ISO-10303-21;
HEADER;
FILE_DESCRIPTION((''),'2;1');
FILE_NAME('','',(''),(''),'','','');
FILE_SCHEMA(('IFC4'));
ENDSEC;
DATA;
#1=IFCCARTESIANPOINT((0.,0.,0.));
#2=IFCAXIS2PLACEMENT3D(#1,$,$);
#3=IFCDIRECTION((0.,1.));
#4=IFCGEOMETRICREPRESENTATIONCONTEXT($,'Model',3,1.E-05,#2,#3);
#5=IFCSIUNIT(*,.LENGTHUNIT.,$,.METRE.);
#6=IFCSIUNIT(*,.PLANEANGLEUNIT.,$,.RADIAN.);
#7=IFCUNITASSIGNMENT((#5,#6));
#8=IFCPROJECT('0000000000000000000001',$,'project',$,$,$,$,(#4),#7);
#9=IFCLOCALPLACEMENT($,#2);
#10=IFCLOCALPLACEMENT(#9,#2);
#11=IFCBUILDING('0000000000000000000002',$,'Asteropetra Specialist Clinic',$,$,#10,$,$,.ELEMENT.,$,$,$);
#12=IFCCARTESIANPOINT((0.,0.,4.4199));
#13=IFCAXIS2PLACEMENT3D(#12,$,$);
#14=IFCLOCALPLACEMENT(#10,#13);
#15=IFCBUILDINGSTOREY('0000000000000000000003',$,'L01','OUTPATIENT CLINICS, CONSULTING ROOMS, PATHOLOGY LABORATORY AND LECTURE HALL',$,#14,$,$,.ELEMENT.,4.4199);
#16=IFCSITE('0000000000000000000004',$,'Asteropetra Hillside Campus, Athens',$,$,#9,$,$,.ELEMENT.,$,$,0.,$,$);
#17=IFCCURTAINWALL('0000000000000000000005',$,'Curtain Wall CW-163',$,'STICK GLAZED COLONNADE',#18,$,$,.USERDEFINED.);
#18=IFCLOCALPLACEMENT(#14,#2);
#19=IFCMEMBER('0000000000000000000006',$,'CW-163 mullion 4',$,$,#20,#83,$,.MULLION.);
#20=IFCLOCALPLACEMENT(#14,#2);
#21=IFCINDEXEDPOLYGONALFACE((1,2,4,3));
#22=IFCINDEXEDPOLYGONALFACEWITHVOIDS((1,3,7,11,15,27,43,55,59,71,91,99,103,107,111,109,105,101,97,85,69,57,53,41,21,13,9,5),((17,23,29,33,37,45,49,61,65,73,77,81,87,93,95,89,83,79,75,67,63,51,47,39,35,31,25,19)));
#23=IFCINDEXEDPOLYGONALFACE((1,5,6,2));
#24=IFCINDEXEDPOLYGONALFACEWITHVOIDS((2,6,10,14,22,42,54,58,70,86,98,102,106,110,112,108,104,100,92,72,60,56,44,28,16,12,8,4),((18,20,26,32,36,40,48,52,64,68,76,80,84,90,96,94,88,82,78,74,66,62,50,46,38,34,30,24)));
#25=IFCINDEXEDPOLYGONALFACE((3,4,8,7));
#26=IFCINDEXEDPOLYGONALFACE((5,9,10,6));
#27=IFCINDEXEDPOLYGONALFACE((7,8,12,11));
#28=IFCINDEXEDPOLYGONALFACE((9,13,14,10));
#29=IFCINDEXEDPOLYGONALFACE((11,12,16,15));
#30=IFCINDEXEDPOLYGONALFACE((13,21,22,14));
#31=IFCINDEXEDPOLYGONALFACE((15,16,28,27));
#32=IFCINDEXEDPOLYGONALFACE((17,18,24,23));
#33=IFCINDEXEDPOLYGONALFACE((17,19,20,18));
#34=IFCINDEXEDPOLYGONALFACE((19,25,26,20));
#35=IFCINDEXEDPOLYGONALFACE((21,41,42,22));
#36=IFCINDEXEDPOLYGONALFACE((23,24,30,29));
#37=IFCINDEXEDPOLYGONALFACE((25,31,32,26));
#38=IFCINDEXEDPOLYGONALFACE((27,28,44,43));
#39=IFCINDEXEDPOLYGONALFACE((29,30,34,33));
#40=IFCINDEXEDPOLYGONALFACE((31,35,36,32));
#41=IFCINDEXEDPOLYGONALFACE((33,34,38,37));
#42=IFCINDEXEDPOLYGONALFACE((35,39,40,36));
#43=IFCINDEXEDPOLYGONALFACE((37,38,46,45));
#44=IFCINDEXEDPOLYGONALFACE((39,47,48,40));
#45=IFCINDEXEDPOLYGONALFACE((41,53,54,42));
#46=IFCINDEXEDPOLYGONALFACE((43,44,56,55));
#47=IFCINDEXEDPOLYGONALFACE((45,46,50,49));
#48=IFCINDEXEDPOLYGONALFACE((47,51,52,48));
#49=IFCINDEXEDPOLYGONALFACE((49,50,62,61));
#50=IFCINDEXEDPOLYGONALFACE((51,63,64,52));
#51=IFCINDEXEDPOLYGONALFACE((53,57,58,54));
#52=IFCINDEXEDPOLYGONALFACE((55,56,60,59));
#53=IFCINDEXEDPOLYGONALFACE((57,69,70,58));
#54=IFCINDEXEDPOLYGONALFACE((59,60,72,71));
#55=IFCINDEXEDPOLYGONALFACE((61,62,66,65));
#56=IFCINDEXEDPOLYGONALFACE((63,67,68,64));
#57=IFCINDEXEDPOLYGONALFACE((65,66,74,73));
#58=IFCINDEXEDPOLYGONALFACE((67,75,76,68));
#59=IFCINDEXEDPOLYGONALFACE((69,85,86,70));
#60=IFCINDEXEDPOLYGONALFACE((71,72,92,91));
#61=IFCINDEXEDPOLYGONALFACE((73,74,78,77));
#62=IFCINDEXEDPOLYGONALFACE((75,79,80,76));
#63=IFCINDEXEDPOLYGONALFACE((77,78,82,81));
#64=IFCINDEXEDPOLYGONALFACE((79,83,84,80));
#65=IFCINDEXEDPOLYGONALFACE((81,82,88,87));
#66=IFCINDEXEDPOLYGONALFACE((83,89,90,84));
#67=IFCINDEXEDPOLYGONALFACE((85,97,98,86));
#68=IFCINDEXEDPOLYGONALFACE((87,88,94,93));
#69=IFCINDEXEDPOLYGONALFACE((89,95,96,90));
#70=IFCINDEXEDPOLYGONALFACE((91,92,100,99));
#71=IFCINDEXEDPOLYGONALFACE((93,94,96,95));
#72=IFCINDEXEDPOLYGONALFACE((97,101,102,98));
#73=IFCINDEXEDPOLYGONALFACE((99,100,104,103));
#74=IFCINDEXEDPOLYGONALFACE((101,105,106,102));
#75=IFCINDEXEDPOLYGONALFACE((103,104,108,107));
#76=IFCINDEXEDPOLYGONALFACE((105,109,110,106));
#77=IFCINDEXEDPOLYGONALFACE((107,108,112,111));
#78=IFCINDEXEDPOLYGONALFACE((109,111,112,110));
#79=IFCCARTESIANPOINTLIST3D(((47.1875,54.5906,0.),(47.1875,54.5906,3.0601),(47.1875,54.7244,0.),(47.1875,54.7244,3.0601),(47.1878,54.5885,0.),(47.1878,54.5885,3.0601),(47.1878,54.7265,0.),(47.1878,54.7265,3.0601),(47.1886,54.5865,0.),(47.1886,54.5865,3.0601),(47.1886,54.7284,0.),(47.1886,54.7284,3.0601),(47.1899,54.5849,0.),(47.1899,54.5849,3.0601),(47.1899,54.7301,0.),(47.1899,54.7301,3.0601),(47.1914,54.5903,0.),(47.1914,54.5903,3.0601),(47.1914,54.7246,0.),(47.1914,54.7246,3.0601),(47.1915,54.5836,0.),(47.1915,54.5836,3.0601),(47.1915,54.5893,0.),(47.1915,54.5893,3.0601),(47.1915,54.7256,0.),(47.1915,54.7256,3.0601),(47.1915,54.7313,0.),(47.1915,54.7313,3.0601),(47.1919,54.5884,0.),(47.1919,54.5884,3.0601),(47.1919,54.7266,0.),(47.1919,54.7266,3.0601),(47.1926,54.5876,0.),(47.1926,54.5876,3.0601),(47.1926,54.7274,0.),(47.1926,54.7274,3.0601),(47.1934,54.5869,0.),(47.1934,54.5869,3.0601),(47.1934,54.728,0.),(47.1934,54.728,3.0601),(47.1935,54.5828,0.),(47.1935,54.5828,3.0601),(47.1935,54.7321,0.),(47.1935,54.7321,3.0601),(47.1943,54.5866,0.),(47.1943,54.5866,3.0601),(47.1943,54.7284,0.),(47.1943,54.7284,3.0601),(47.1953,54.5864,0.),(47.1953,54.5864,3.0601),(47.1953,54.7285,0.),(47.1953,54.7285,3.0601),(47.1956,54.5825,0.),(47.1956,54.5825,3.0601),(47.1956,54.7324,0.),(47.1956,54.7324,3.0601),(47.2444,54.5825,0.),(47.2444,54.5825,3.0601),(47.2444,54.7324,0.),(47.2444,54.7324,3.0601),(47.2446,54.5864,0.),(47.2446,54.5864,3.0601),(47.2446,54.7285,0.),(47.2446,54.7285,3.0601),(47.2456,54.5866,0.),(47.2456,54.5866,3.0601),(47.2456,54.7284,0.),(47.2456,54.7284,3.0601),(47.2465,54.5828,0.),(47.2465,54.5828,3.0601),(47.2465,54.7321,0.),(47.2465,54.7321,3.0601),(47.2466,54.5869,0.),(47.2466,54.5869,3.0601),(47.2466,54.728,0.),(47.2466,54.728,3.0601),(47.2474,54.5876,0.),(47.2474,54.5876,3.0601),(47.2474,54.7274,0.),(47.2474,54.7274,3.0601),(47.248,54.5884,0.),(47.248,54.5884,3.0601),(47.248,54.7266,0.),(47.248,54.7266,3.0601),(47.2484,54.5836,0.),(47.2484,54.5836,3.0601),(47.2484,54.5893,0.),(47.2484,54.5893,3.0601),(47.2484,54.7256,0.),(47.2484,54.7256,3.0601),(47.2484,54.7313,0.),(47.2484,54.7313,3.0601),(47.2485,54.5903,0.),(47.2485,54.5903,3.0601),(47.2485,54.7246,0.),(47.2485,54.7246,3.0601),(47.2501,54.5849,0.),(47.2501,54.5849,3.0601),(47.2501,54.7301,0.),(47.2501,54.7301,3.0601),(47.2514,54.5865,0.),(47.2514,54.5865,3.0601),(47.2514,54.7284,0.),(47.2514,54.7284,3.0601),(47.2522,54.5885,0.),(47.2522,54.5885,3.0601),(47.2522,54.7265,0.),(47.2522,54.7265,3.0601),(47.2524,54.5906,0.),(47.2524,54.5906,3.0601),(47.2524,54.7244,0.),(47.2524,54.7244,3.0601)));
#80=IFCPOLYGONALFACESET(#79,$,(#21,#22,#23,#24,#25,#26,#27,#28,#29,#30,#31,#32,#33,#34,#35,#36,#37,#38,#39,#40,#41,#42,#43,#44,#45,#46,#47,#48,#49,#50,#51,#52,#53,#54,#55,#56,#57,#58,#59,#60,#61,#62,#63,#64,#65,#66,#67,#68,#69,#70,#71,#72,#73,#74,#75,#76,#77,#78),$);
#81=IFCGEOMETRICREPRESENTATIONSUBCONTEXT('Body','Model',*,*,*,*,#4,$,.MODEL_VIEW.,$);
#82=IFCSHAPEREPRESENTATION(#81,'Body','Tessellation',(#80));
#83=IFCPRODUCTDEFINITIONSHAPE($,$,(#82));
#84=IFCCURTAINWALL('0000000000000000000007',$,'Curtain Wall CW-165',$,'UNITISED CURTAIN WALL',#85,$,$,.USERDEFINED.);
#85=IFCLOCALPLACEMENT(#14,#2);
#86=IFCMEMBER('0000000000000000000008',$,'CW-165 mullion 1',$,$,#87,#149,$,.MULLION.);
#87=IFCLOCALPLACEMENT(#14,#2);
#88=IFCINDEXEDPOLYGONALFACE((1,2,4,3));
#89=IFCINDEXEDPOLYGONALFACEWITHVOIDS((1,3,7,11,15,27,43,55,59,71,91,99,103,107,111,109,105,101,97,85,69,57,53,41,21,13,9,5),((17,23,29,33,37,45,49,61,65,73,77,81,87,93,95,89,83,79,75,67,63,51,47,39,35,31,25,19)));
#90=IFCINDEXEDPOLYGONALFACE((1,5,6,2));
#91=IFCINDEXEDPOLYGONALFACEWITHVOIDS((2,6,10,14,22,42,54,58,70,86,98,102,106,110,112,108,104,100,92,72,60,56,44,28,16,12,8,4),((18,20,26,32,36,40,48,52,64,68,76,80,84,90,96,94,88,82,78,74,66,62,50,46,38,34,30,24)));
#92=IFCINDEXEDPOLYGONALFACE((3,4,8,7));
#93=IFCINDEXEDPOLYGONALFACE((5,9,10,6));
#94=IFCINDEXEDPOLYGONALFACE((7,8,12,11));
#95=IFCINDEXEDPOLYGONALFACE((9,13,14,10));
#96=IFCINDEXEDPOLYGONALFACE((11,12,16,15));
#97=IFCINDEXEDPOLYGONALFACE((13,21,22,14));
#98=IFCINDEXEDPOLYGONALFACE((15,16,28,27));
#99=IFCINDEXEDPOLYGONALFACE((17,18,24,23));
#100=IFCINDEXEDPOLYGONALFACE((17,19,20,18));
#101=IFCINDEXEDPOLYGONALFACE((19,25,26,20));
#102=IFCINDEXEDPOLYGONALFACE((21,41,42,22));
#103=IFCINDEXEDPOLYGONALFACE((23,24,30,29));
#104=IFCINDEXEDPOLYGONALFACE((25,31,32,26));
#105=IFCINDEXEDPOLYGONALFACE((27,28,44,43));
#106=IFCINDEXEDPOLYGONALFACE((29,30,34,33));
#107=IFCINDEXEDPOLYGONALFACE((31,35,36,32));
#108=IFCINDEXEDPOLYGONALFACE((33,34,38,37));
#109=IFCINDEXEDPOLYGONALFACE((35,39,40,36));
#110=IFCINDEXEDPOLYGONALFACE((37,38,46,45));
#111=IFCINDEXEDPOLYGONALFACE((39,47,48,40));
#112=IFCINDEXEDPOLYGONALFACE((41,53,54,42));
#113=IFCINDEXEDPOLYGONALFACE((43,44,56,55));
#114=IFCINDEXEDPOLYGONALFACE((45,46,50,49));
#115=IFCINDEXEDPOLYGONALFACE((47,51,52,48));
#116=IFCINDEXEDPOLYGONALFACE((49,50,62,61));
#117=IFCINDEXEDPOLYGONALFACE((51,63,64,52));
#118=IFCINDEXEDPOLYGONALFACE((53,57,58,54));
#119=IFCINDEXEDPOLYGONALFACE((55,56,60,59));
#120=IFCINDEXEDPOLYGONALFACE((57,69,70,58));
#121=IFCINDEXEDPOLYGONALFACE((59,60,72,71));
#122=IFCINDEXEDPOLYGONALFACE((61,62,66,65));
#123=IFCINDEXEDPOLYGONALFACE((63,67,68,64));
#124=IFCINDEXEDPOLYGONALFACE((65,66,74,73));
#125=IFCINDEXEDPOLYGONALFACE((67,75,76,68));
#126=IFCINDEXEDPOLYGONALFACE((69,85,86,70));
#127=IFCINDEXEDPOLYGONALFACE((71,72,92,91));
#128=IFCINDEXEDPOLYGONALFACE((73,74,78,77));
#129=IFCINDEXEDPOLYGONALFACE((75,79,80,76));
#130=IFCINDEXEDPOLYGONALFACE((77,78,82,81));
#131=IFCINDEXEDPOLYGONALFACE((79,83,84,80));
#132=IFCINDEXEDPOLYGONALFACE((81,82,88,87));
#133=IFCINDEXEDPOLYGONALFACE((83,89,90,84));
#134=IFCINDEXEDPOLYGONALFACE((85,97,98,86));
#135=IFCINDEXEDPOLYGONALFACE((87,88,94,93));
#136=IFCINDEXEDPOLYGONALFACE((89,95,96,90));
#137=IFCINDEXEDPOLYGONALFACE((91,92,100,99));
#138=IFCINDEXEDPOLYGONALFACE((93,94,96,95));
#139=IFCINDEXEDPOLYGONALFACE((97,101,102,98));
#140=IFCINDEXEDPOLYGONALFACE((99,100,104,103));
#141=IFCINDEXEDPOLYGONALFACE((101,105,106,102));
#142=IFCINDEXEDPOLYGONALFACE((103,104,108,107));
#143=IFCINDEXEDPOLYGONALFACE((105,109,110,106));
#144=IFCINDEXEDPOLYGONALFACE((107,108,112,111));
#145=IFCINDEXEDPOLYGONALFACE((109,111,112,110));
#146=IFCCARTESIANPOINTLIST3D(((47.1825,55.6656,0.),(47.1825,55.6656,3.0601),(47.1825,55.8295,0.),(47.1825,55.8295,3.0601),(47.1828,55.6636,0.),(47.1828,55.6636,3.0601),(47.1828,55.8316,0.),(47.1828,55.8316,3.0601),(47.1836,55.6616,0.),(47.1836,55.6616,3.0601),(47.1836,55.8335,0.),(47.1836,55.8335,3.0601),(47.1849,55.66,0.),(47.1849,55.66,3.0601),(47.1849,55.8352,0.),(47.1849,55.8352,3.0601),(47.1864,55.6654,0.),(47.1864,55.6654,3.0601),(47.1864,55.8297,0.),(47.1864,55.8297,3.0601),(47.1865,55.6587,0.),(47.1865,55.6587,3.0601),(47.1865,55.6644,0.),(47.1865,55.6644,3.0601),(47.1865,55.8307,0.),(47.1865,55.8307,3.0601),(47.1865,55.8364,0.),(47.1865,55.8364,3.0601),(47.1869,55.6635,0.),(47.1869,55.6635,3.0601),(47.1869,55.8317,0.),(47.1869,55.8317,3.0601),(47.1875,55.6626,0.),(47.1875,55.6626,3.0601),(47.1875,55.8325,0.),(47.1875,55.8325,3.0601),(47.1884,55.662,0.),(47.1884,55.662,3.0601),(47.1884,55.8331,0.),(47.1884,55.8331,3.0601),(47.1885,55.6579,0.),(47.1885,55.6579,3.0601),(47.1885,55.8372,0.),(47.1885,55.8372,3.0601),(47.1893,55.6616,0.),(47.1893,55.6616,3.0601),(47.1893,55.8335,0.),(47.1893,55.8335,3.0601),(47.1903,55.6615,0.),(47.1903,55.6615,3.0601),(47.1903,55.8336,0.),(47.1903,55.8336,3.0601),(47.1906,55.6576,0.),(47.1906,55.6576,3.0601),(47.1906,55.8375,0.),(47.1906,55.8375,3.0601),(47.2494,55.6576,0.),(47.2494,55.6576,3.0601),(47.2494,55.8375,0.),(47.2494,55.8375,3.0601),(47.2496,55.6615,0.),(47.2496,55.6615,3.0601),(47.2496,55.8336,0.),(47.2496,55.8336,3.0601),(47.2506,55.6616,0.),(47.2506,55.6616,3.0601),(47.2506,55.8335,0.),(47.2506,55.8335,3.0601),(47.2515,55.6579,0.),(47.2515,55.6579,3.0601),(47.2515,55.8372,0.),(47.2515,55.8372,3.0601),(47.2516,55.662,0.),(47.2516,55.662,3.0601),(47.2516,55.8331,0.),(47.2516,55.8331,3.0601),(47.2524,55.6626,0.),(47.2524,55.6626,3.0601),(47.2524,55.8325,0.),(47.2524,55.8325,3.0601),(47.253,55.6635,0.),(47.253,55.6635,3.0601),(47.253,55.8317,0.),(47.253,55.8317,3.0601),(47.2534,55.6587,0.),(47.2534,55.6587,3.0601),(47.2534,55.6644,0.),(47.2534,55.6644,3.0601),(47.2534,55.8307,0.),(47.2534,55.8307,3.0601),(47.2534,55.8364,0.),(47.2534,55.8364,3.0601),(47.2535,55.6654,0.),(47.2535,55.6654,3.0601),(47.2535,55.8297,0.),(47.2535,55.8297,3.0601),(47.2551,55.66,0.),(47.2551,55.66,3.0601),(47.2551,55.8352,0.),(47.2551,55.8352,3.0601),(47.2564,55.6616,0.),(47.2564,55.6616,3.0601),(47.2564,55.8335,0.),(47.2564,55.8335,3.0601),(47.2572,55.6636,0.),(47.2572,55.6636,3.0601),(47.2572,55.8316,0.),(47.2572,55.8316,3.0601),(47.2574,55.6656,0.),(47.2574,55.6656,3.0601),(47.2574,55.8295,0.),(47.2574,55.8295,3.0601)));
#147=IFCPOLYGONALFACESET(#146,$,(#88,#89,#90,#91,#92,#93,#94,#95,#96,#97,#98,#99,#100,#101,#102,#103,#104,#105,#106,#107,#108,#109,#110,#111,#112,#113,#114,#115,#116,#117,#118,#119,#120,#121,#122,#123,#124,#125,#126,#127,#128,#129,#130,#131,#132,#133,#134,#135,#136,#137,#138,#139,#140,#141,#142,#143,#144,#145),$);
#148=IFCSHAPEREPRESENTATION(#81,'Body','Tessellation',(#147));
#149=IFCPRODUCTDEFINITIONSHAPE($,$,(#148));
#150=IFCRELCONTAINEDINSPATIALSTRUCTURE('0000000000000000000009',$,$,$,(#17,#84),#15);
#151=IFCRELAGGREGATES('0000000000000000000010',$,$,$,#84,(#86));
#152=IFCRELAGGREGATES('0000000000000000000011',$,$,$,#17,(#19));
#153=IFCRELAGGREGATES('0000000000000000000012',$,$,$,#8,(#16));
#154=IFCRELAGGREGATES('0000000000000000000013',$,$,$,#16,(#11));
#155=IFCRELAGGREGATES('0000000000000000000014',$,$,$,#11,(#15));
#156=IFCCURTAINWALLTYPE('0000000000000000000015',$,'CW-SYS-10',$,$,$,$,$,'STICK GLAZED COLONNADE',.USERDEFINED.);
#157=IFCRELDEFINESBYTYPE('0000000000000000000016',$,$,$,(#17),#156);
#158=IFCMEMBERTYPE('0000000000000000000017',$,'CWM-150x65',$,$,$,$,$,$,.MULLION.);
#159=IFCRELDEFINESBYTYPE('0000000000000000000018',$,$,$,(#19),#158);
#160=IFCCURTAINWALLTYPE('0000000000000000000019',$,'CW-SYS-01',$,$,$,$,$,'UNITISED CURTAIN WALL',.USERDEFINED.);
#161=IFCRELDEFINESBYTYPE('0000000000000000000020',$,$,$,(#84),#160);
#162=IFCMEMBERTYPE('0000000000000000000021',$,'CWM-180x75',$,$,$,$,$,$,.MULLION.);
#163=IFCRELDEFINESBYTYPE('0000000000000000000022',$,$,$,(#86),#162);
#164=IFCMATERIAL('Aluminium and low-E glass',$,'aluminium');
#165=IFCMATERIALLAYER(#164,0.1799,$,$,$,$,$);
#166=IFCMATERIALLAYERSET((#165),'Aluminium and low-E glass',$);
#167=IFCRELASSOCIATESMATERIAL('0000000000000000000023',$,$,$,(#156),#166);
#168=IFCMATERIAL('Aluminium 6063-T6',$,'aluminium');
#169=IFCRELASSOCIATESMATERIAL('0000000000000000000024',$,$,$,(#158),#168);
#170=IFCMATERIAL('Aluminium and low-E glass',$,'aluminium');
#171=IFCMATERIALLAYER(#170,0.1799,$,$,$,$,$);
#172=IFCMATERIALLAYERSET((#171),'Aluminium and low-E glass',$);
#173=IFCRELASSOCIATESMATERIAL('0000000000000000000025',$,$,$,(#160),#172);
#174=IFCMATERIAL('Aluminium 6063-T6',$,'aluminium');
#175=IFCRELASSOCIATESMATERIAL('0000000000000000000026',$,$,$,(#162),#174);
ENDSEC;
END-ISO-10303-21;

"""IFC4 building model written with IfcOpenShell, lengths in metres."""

from ifc_helpers import new_model, si_unit, direction, frame, origin, origin_2d, place, context, subcontext, project, spatial, hollow_rectangle, extrude, material, layer, layer_set, material_profile, profile_set, type_object, element, aggregate, save


model = new_model("IFC4")

# Units and contexts
model_context = context("Model", 3, precision=1e-05, world=origin(), true_north=direction((0.0, 1.0)))
body_context = subcontext(model_context, "Body", "Model", "MODEL_VIEW")
ifc_project = project(units=[si_unit("LENGTHUNIT", "METRE"), si_unit("PLANEANGLEUNIT", "RADIAN")], contexts=[model_context])

# Site, building, storey
site_placement = place(None, origin())
site = spatial("IfcSite", under=ifc_project, at=site_placement, Name="Asteropetra Hillside Campus, Athens", CompositionType="ELEMENT", RefElevation=0.0)
building_placement = place(site_placement, origin())
building = spatial("IfcBuilding", under=site, at=building_placement, Name="Asteropetra Specialist Clinic", CompositionType="ELEMENT")
storey_placement = place(building_placement, frame((0.0, 0.0, 4.4199)))
storey = spatial("IfcBuildingStorey", under=building, at=storey_placement, Name="L01", Description="OUTPATIENT CLINICS, CONSULTING ROOMS, PATHOLOGY LABORATORY AND LECTURE HALL", CompositionType="ELEMENT", Elevation=4.4199)

# Curtain wall, member
ifc_material_1 = material(Name="Aluminium and low-E glass", Category="aluminium")
ifc_layer_1 = layer(ifc_material_1, 0.1799)
ifc_layer_set_1 = layer_set([ifc_layer_1], Name="Aluminium and low-E glass")
curtain_wall_type_1 = type_object("IfcCurtainWallType", Name="CW-SYS-10", ElementType="STICK GLAZED COLONNADE", PredefinedType="USERDEFINED", material=ifc_layer_set_1)
curtain_wall_1_placement = place(storey_placement, origin())
curtain_wall_1 = element("IfcCurtainWall", 1, at=curtain_wall_1_placement, inside=storey, type_object=curtain_wall_type_1, Name="Curtain Wall CW-163", ObjectType="STICK GLAZED COLONNADE", PredefinedType="USERDEFINED")
ifc_material_2 = material(Name="Aluminium 6063-T6", Category="aluminium")
ifc_material_profile_1 = material_profile(ifc_material_2, hollow_rectangle(XDim=0.0649, YDim=0.1499, WallThickness=0.0039, InnerFilletRadius=0.0039, OuterFilletRadius=0.0081, at=origin_2d()), Name="MUL 150x65x4.0")
ifc_profile_set_1 = profile_set([ifc_material_profile_1], Name="Aluminium 6063-T6")
member_type_1 = type_object("IfcMemberType", Name="CWM-150x65", PredefinedType="MULLION", material=ifc_profile_set_1)
member_1_placement = place(storey_placement, frame((47.22, 54.6575, 0.0), z_axis=(0.0, 0.0, 1.0), x_axis=(-1.0, 0.0, 0.0)))
member_1 = element("IfcMember", 2, at=member_1_placement, type_object=member_type_1, Name="CW-163 mullion 4", PredefinedType="MULLION", context=body_context, shape_type="SweptSolid", body=[
    extrude(hollow_rectangle(XDim=0.0649, YDim=0.1499, WallThickness=0.0039, InnerFilletRadius=0.0039, OuterFilletRadius=0.0081, at=origin_2d()), origin(), (0.0, 0.0, 1.0), 3.0601),
])

# Curtain wall, member
ifc_material_3 = material(Name="Aluminium and low-E glass", Category="aluminium")
ifc_layer_2 = layer(ifc_material_3, 0.1799)
ifc_layer_set_2 = layer_set([ifc_layer_2], Name="Aluminium and low-E glass")
curtain_wall_type_2 = type_object("IfcCurtainWallType", Name="CW-SYS-01", ElementType="UNITISED CURTAIN WALL", PredefinedType="USERDEFINED", material=ifc_layer_set_2)
curtain_wall_2_placement = place(storey_placement, origin())
curtain_wall_2 = element("IfcCurtainWall", 3, at=curtain_wall_2_placement, inside=storey, type_object=curtain_wall_type_2, Name="Curtain Wall CW-165", ObjectType="UNITISED CURTAIN WALL", PredefinedType="USERDEFINED")
ifc_material_4 = material(Name="Aluminium 6063-T6", Category="aluminium")
ifc_material_profile_2 = material_profile(ifc_material_4, hollow_rectangle(XDim=0.075, YDim=0.1799, WallThickness=0.0039, InnerFilletRadius=0.0039, OuterFilletRadius=0.0081, at=origin_2d()), Name="MUL 180x75x4.0")
ifc_profile_set_2 = profile_set([ifc_material_profile_2], Name="Aluminium 6063-T6")
member_type_2 = type_object("IfcMemberType", Name="CWM-180x75", PredefinedType="MULLION", material=ifc_profile_set_2)
member_2_placement = place(storey_placement, frame((47.22, 55.7476, 0.0), z_axis=(0.0, 0.0, 1.0), x_axis=(-1.0, 0.0, 0.0)))
member_2 = element("IfcMember", 4, at=member_2_placement, type_object=member_type_2, Name="CW-165 mullion 1", PredefinedType="MULLION", context=body_context, shape_type="SweptSolid", body=[
    extrude(hollow_rectangle(XDim=0.075, YDim=0.1799, WallThickness=0.0039, InnerFilletRadius=0.0039, OuterFilletRadius=0.0081, at=origin_2d()), origin(), (0.0, 0.0, 1.0), 3.0601),
])
aggregate(curtain_wall_2, [member_2])

aggregate(curtain_wall_1, [member_1])

save(model, "model.ifc")
